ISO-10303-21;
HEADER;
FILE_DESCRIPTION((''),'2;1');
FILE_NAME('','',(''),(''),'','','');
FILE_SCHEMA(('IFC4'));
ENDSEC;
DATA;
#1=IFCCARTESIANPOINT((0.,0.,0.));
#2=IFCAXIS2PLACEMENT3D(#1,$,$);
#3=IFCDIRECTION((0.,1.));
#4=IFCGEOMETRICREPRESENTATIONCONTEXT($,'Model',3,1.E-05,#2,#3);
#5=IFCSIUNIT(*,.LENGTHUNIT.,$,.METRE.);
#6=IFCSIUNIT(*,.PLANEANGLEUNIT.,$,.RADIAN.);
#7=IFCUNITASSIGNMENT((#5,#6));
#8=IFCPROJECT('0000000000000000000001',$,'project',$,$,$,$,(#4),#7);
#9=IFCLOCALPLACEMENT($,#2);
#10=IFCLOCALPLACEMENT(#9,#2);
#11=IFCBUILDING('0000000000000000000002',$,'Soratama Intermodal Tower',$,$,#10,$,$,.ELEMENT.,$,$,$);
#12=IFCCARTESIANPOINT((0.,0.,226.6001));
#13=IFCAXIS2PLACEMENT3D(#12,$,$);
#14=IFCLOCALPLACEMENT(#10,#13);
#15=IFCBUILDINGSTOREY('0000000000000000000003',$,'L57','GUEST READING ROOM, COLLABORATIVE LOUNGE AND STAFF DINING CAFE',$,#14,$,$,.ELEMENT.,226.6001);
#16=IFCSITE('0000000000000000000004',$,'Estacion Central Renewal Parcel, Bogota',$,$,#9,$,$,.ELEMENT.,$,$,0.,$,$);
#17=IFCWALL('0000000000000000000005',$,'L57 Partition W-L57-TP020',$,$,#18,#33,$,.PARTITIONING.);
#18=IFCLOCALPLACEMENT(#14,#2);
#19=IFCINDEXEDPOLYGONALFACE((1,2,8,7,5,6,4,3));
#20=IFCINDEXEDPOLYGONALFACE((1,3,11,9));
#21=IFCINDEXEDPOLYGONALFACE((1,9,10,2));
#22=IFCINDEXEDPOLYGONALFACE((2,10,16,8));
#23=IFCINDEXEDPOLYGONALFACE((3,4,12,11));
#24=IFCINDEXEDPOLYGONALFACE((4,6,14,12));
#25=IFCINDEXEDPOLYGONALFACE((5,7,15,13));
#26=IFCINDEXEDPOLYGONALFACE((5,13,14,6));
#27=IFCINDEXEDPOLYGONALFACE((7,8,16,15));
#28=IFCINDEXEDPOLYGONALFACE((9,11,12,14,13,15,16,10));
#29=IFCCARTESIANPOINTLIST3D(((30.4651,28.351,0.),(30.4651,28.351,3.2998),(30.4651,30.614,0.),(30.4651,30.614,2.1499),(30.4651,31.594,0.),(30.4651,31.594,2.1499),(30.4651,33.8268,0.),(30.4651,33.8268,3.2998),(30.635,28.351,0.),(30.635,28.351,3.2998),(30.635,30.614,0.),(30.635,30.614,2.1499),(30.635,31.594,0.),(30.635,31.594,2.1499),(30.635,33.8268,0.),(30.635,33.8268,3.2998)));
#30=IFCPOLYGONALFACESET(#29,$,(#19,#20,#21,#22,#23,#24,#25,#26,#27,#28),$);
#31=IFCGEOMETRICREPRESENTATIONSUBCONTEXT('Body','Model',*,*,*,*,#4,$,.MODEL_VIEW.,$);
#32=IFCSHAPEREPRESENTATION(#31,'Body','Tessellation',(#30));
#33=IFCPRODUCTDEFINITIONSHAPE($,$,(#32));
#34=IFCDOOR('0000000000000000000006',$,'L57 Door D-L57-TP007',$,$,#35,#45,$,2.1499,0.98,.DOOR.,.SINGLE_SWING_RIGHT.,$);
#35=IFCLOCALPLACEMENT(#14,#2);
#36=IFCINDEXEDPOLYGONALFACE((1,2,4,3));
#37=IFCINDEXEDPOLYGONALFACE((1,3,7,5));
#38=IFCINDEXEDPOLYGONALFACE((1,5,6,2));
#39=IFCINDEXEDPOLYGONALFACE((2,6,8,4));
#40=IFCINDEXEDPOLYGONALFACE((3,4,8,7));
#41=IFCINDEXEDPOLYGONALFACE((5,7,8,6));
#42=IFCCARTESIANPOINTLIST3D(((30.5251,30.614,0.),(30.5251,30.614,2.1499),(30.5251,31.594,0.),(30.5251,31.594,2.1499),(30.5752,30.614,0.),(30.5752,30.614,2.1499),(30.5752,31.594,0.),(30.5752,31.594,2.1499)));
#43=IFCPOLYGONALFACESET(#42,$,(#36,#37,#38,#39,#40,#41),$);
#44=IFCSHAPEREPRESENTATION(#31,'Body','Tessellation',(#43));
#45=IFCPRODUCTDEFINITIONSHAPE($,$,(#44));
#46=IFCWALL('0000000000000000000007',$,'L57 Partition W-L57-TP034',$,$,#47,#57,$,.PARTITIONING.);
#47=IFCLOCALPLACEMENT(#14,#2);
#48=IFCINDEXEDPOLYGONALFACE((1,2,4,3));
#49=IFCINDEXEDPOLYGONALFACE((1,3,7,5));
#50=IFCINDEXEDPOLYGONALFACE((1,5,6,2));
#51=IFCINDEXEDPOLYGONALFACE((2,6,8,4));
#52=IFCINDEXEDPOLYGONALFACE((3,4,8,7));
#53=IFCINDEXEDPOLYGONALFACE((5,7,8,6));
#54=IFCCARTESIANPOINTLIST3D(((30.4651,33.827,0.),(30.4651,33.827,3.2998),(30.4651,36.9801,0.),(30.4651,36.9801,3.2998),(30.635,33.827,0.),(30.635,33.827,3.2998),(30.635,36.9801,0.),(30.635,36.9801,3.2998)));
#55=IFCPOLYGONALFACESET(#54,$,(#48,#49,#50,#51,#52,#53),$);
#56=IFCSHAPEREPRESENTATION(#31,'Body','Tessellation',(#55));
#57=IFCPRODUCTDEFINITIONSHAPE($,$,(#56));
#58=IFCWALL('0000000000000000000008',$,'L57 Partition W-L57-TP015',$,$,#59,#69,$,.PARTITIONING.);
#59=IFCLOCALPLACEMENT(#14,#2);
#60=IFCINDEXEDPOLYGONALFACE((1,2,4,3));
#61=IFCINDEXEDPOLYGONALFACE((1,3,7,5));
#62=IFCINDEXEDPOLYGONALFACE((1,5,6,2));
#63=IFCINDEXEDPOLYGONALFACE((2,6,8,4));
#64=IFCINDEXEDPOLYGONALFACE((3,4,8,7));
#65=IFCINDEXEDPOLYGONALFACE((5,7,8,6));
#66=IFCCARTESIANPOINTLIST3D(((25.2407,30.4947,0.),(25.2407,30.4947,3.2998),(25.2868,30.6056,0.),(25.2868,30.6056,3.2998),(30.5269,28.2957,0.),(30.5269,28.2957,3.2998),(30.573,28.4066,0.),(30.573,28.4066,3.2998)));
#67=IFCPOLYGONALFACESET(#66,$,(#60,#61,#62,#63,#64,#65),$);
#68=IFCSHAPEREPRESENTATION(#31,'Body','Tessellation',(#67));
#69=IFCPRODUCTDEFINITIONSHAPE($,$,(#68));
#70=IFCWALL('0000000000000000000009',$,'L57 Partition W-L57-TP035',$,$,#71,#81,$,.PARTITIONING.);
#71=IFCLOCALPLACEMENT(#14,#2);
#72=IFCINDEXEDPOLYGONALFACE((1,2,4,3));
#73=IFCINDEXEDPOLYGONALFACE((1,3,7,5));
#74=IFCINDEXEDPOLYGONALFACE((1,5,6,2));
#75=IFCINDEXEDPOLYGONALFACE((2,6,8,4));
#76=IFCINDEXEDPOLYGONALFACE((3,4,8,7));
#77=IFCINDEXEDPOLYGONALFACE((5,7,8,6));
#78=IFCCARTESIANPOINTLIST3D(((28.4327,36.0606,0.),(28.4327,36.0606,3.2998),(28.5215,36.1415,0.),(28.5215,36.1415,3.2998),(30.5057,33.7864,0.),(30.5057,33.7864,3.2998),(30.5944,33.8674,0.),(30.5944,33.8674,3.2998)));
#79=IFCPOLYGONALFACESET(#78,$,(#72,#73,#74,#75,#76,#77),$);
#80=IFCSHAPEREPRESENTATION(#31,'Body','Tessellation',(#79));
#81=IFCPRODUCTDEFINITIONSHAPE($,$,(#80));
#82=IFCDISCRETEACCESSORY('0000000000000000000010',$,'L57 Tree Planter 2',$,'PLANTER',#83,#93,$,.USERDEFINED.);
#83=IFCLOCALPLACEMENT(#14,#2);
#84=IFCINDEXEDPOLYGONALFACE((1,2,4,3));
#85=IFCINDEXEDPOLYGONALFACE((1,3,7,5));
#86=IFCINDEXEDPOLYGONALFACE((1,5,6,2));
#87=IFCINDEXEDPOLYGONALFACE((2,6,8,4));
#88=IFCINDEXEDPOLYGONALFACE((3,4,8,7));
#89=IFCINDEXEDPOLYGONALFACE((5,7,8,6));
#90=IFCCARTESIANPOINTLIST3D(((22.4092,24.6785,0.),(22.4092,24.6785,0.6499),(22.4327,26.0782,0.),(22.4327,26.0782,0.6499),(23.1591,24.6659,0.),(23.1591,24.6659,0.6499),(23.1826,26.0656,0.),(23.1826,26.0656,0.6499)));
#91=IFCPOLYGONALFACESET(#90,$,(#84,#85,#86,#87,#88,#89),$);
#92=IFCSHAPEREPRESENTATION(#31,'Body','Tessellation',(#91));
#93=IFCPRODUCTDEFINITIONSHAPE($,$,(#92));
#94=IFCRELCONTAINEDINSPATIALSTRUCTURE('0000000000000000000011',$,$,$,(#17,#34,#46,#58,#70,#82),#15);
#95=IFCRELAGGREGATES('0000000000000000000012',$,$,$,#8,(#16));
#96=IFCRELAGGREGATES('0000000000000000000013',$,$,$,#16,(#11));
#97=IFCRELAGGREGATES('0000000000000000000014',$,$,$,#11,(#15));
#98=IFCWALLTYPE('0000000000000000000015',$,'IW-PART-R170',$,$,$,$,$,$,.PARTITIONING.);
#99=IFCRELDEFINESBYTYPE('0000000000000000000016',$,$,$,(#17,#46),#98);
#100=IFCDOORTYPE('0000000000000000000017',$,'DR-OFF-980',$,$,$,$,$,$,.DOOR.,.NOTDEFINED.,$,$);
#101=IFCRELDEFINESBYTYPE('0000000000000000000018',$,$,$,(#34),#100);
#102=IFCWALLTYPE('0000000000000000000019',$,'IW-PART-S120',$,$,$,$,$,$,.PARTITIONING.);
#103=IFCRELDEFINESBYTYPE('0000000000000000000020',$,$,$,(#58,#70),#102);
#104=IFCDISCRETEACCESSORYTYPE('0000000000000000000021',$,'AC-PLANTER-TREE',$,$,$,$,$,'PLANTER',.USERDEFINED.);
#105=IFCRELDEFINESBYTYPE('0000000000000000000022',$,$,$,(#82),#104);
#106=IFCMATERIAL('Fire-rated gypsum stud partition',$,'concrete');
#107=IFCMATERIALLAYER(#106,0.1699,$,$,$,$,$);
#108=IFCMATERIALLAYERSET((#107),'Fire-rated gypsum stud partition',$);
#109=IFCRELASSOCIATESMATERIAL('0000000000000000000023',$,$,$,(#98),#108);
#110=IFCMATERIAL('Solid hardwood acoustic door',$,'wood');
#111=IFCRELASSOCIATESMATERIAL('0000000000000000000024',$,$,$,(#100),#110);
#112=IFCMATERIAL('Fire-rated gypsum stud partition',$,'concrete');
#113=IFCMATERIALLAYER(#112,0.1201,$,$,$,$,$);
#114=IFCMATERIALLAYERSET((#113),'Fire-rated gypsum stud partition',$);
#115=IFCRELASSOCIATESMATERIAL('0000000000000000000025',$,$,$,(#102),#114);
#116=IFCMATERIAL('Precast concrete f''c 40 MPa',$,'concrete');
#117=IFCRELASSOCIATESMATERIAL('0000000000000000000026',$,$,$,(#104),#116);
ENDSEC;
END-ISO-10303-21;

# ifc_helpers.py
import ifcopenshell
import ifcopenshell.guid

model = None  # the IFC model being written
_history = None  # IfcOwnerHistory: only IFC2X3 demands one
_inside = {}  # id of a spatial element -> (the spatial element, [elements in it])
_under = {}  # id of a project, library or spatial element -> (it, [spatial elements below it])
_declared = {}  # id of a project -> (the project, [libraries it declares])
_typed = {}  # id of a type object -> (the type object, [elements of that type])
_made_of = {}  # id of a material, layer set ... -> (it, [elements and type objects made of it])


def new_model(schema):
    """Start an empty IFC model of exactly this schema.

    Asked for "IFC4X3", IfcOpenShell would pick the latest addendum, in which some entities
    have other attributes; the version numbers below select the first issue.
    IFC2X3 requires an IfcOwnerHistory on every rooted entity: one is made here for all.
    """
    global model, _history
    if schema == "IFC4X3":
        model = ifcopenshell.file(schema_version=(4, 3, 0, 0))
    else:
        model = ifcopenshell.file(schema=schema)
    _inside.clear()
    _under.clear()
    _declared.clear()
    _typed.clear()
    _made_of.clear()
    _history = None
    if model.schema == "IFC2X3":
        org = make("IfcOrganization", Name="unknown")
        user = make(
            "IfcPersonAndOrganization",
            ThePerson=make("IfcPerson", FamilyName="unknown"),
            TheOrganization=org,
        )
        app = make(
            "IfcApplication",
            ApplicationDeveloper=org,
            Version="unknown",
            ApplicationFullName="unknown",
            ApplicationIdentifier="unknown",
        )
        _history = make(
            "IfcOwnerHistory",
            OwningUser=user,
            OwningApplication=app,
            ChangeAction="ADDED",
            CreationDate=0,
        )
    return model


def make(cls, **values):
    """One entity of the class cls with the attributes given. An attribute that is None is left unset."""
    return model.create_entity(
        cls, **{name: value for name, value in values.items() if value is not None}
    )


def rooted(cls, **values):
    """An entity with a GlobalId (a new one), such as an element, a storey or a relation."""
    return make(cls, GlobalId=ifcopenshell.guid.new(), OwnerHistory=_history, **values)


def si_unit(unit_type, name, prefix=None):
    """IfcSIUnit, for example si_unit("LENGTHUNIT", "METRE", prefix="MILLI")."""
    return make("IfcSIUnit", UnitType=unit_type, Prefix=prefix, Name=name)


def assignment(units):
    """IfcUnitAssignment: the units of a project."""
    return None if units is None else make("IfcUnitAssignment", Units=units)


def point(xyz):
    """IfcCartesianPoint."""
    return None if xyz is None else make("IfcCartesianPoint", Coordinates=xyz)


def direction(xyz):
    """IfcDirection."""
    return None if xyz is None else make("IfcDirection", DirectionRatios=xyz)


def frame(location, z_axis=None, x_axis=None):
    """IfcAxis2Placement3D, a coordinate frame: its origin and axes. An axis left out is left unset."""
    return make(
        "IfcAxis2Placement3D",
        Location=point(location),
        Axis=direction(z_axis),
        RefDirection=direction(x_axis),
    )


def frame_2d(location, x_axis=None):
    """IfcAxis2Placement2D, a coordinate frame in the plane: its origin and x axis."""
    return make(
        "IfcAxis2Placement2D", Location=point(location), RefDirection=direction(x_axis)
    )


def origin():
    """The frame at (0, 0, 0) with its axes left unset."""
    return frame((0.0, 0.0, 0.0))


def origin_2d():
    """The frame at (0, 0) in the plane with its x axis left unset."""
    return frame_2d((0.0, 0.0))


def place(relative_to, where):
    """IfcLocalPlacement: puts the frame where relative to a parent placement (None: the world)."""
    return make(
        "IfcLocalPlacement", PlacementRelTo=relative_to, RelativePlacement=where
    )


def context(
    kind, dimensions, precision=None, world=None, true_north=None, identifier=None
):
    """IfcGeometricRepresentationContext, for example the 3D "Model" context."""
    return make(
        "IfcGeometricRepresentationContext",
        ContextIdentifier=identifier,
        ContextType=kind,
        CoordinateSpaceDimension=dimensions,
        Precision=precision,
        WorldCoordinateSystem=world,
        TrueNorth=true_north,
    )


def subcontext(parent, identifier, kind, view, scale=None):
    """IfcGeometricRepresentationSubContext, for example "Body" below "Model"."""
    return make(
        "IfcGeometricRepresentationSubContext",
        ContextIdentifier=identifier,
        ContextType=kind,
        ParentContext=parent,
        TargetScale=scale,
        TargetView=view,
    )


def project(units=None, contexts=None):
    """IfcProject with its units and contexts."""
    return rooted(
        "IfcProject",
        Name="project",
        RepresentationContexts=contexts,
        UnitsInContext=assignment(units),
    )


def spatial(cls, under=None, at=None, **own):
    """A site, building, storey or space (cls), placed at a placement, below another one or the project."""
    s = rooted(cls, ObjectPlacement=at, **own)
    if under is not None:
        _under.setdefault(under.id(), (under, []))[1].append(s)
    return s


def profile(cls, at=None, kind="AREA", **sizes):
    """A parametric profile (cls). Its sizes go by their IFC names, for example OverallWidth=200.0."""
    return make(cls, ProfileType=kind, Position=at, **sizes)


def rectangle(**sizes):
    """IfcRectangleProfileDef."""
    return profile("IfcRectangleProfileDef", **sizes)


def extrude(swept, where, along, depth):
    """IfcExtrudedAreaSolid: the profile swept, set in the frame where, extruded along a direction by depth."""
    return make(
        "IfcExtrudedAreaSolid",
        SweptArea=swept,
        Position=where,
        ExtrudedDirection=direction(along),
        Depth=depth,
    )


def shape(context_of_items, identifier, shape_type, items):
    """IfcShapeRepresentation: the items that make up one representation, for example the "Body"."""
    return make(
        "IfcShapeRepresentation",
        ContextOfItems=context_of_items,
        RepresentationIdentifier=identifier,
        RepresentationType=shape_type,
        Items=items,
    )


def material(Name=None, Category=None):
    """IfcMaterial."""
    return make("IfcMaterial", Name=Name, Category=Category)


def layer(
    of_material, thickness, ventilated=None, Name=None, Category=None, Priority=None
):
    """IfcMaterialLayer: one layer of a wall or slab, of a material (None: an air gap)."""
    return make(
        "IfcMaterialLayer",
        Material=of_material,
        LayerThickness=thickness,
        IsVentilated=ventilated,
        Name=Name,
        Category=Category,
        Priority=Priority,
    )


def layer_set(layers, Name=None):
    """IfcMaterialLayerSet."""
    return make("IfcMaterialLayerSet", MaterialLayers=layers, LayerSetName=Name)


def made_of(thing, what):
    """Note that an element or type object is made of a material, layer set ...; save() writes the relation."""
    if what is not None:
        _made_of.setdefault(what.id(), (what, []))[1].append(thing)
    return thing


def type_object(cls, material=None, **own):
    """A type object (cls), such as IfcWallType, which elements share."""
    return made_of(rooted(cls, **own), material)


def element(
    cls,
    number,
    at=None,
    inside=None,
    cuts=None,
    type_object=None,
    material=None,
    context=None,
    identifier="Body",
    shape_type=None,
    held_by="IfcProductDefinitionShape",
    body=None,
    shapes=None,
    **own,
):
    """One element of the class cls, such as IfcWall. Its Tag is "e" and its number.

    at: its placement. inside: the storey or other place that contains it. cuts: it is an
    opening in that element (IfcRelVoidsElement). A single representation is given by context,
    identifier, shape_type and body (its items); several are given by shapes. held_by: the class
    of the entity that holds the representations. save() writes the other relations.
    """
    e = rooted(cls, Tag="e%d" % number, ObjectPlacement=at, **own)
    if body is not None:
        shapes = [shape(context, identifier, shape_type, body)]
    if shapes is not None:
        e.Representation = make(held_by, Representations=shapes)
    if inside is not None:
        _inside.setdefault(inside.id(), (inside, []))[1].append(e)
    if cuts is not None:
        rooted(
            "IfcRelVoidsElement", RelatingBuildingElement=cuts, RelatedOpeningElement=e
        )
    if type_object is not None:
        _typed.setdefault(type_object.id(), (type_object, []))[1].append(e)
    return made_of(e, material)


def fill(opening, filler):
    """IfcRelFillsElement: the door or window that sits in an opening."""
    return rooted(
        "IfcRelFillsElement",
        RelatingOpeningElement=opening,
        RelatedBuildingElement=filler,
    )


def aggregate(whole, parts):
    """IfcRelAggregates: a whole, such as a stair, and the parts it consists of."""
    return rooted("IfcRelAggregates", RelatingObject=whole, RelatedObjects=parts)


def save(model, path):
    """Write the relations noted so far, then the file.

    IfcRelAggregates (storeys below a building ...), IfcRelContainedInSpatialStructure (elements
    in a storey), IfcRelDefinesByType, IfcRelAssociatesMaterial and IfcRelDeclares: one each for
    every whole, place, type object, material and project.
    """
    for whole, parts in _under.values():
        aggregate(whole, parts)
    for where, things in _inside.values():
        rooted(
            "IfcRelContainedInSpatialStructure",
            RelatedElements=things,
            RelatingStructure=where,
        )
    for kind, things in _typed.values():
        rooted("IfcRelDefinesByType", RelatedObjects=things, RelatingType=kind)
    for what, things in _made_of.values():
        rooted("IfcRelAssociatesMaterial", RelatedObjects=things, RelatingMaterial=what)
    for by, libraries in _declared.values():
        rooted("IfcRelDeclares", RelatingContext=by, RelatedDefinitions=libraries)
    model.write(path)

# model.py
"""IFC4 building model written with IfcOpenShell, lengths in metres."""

from ifc_helpers import new_model, si_unit, direction, frame, frame_2d, origin, origin_2d, place, context, subcontext, project, spatial, rectangle, extrude, material, layer, layer_set, type_object, element, fill, save


model = new_model("IFC4")

# Units and contexts
model_context = context("Model", 3, precision=1e-05, world=origin(), true_north=direction((0.0, 1.0)))
body_context = subcontext(model_context, "Body", "Model", "MODEL_VIEW")
ifc_project = project(units=[si_unit("LENGTHUNIT", "METRE"), si_unit("PLANEANGLEUNIT", "RADIAN")], contexts=[model_context])

# Site, building, storey
site_placement = place(None, origin())
site = spatial("IfcSite", under=ifc_project, at=site_placement, Name="Estacion Central Renewal Parcel, Bogota", CompositionType="ELEMENT", RefElevation=0.0)
building_placement = place(site_placement, origin())
building = spatial("IfcBuilding", under=site, at=building_placement, Name="Soratama Intermodal Tower", CompositionType="ELEMENT")
storey_placement = place(building_placement, frame((0.0, 0.0, 226.6001)))
storey = spatial("IfcBuildingStorey", under=building, at=storey_placement, Name="L57", Description="GUEST READING ROOM, COLLABORATIVE LOUNGE AND STAFF DINING CAFE", CompositionType="ELEMENT", Elevation=226.6001)

# Wall, opening, door
ifc_material_1 = material(Name="Fire-rated gypsum stud partition", Category="concrete")
ifc_layer_1 = layer(ifc_material_1, 0.1699)
ifc_layer_set_1 = layer_set([ifc_layer_1], Name="Fire-rated gypsum stud partition")
wall_type_1 = type_object("IfcWallType", Name="IW-PART-R170", PredefinedType="PARTITIONING", material=ifc_layer_set_1)
wall_1_placement = place(storey_placement, frame((30.55, 28.3511, 0.0), z_axis=(0.0, 0.0, 1.0), x_axis=(0.0, 1.0, 0.0)))
wall_1 = element("IfcWall", 1, at=wall_1_placement, inside=storey, type_object=wall_type_1, Name="L57 Partition W-L57-TP020", PredefinedType="PARTITIONING", context=body_context, shape_type="SweptSolid", body=[
    extrude(rectangle(XDim=5.4758, YDim=0.1699, at=frame_2d((2.7378, 0.0))), origin(), (0.0, 0.0, 1.0), 3.2998),
])
opening_1_placement = place(wall_1_placement, frame((2.2629, 0.0, 0.0)))
opening_1 = element("IfcOpeningElement", 2, at=opening_1_placement, cuts=wall_1, PredefinedType="OPENING", context=body_context, shape_type="SweptSolid", body=[
    extrude(rectangle(XDim=0.98, YDim=2.1499, at=frame_2d((0.49, 1.075))), frame((0.0, 0.095, 0.0), z_axis=(0.0, -1.0, 0.0), x_axis=(1.0, 0.0, 0.0)), (0.0, 0.0, 1.0), 0.1899),
])
ifc_material_2 = material(Name="Solid hardwood acoustic door", Category="wood")
door_type_1 = type_object("IfcDoorType", Name="DR-OFF-980", OperationType="NOTDEFINED", PredefinedType="DOOR", material=ifc_material_2)
door_1_placement = place(opening_1_placement, origin())
door_1 = element("IfcDoor", 3, at=door_1_placement, inside=storey, type_object=door_type_1, Name="L57 Door D-L57-TP007", OperationType="SINGLE_SWING_RIGHT", OverallHeight=2.1499, OverallWidth=0.98, PredefinedType="DOOR", context=body_context, shape_type="SweptSolid", body=[
    extrude(rectangle(XDim=0.98, YDim=2.1499, at=frame_2d((0.49, 1.075))), frame((0.0, 0.0249, 0.0), z_axis=(0.0, -1.0, 0.0), x_axis=(1.0, 0.0, 0.0)), (0.0, 0.0, 1.0), 0.05),
])
fill(opening_1, door_1)

# Walls
wall_2_placement = place(storey_placement, frame((30.55, 33.8269, 0.0), z_axis=(0.0, 0.0, 1.0), x_axis=(0.0, 1.0, 0.0)))
element("IfcWall", 4, at=wall_2_placement, inside=storey, type_object=wall_type_1, Name="L57 Partition W-L57-TP034", PredefinedType="PARTITIONING", context=body_context, shape_type="SweptSolid", body=[
    extrude(rectangle(XDim=3.1531, YDim=0.1699, at=frame_2d((1.5767, 0.0))), origin(), (0.0, 0.0, 1.0), 3.2998),
])
ifc_material_3 = material(Name="Fire-rated gypsum stud partition", Category="concrete")
ifc_layer_2 = layer(ifc_material_3, 0.1201)
ifc_layer_set_2 = layer_set([ifc_layer_2], Name="Fire-rated gypsum stud partition")
wall_type_2 = type_object("IfcWallType", Name="IW-PART-S120", PredefinedType="PARTITIONING", material=ifc_layer_set_2)
wall_3_placement = place(storey_placement, frame((30.55, 28.3511, 0.0), z_axis=(0.0, 0.0, 1.0), x_axis=(-0.923299, 0.384082, 0.0)))
element("IfcWall", 5, at=wall_3_placement, inside=storey, type_object=wall_type_2, Name="L57 Partition W-L57-TP015", PredefinedType="PARTITIONING", context=body_context, shape_type="SweptSolid", body=[
    extrude(rectangle(XDim=5.7253, YDim=0.1201, at=frame_2d((2.8628, 0.0))), origin(), (0.0, 0.0, 1.0), 3.2998),
])
wall_4_placement = place(storey_placement, frame((30.55, 33.8269, 0.0), z_axis=(0.0, 0.0, 1.0), x_axis=(-0.673663, 0.739038, 0.0)))
element("IfcWall", 6, at=wall_4_placement, inside=storey, type_object=wall_type_2, Name="L57 Partition W-L57-TP035", PredefinedType="PARTITIONING", context=body_context, shape_type="SweptSolid", body=[
    extrude(rectangle(XDim=3.0771, YDim=0.1201, at=frame_2d((1.5386, 0.0))), origin(), (0.0, 0.0, 1.0), 3.2998),
])

# Discrete accessory
ifc_material_4 = material(Name="Precast concrete f'c 40 MPa", Category="concrete")
discrete_accessory_type = type_object("IfcDiscreteAccessoryType", Name="AC-PLANTER-TREE", ElementType="PLANTER", PredefinedType="USERDEFINED", material=ifc_material_4)
discrete_accessory_placement = place(storey_placement, frame((22.7959, 25.3721, 0.0), z_axis=(0.0, 0.0, 1.0), x_axis=(-0.99986, 0.016754, 0.0)))
element("IfcDiscreteAccessory", 7, at=discrete_accessory_placement, inside=storey, type_object=discrete_accessory_type, Name="L57 Tree Planter 2", ObjectType="PLANTER", PredefinedType="USERDEFINED", context=body_context, shape_type="SweptSolid", body=[
    extrude(rectangle(XDim=0.75, YDim=1.3999, at=origin_2d()), origin(), (0.0, 0.0, 1.0), 0.6499),
])

save(model, "model.ifc")
